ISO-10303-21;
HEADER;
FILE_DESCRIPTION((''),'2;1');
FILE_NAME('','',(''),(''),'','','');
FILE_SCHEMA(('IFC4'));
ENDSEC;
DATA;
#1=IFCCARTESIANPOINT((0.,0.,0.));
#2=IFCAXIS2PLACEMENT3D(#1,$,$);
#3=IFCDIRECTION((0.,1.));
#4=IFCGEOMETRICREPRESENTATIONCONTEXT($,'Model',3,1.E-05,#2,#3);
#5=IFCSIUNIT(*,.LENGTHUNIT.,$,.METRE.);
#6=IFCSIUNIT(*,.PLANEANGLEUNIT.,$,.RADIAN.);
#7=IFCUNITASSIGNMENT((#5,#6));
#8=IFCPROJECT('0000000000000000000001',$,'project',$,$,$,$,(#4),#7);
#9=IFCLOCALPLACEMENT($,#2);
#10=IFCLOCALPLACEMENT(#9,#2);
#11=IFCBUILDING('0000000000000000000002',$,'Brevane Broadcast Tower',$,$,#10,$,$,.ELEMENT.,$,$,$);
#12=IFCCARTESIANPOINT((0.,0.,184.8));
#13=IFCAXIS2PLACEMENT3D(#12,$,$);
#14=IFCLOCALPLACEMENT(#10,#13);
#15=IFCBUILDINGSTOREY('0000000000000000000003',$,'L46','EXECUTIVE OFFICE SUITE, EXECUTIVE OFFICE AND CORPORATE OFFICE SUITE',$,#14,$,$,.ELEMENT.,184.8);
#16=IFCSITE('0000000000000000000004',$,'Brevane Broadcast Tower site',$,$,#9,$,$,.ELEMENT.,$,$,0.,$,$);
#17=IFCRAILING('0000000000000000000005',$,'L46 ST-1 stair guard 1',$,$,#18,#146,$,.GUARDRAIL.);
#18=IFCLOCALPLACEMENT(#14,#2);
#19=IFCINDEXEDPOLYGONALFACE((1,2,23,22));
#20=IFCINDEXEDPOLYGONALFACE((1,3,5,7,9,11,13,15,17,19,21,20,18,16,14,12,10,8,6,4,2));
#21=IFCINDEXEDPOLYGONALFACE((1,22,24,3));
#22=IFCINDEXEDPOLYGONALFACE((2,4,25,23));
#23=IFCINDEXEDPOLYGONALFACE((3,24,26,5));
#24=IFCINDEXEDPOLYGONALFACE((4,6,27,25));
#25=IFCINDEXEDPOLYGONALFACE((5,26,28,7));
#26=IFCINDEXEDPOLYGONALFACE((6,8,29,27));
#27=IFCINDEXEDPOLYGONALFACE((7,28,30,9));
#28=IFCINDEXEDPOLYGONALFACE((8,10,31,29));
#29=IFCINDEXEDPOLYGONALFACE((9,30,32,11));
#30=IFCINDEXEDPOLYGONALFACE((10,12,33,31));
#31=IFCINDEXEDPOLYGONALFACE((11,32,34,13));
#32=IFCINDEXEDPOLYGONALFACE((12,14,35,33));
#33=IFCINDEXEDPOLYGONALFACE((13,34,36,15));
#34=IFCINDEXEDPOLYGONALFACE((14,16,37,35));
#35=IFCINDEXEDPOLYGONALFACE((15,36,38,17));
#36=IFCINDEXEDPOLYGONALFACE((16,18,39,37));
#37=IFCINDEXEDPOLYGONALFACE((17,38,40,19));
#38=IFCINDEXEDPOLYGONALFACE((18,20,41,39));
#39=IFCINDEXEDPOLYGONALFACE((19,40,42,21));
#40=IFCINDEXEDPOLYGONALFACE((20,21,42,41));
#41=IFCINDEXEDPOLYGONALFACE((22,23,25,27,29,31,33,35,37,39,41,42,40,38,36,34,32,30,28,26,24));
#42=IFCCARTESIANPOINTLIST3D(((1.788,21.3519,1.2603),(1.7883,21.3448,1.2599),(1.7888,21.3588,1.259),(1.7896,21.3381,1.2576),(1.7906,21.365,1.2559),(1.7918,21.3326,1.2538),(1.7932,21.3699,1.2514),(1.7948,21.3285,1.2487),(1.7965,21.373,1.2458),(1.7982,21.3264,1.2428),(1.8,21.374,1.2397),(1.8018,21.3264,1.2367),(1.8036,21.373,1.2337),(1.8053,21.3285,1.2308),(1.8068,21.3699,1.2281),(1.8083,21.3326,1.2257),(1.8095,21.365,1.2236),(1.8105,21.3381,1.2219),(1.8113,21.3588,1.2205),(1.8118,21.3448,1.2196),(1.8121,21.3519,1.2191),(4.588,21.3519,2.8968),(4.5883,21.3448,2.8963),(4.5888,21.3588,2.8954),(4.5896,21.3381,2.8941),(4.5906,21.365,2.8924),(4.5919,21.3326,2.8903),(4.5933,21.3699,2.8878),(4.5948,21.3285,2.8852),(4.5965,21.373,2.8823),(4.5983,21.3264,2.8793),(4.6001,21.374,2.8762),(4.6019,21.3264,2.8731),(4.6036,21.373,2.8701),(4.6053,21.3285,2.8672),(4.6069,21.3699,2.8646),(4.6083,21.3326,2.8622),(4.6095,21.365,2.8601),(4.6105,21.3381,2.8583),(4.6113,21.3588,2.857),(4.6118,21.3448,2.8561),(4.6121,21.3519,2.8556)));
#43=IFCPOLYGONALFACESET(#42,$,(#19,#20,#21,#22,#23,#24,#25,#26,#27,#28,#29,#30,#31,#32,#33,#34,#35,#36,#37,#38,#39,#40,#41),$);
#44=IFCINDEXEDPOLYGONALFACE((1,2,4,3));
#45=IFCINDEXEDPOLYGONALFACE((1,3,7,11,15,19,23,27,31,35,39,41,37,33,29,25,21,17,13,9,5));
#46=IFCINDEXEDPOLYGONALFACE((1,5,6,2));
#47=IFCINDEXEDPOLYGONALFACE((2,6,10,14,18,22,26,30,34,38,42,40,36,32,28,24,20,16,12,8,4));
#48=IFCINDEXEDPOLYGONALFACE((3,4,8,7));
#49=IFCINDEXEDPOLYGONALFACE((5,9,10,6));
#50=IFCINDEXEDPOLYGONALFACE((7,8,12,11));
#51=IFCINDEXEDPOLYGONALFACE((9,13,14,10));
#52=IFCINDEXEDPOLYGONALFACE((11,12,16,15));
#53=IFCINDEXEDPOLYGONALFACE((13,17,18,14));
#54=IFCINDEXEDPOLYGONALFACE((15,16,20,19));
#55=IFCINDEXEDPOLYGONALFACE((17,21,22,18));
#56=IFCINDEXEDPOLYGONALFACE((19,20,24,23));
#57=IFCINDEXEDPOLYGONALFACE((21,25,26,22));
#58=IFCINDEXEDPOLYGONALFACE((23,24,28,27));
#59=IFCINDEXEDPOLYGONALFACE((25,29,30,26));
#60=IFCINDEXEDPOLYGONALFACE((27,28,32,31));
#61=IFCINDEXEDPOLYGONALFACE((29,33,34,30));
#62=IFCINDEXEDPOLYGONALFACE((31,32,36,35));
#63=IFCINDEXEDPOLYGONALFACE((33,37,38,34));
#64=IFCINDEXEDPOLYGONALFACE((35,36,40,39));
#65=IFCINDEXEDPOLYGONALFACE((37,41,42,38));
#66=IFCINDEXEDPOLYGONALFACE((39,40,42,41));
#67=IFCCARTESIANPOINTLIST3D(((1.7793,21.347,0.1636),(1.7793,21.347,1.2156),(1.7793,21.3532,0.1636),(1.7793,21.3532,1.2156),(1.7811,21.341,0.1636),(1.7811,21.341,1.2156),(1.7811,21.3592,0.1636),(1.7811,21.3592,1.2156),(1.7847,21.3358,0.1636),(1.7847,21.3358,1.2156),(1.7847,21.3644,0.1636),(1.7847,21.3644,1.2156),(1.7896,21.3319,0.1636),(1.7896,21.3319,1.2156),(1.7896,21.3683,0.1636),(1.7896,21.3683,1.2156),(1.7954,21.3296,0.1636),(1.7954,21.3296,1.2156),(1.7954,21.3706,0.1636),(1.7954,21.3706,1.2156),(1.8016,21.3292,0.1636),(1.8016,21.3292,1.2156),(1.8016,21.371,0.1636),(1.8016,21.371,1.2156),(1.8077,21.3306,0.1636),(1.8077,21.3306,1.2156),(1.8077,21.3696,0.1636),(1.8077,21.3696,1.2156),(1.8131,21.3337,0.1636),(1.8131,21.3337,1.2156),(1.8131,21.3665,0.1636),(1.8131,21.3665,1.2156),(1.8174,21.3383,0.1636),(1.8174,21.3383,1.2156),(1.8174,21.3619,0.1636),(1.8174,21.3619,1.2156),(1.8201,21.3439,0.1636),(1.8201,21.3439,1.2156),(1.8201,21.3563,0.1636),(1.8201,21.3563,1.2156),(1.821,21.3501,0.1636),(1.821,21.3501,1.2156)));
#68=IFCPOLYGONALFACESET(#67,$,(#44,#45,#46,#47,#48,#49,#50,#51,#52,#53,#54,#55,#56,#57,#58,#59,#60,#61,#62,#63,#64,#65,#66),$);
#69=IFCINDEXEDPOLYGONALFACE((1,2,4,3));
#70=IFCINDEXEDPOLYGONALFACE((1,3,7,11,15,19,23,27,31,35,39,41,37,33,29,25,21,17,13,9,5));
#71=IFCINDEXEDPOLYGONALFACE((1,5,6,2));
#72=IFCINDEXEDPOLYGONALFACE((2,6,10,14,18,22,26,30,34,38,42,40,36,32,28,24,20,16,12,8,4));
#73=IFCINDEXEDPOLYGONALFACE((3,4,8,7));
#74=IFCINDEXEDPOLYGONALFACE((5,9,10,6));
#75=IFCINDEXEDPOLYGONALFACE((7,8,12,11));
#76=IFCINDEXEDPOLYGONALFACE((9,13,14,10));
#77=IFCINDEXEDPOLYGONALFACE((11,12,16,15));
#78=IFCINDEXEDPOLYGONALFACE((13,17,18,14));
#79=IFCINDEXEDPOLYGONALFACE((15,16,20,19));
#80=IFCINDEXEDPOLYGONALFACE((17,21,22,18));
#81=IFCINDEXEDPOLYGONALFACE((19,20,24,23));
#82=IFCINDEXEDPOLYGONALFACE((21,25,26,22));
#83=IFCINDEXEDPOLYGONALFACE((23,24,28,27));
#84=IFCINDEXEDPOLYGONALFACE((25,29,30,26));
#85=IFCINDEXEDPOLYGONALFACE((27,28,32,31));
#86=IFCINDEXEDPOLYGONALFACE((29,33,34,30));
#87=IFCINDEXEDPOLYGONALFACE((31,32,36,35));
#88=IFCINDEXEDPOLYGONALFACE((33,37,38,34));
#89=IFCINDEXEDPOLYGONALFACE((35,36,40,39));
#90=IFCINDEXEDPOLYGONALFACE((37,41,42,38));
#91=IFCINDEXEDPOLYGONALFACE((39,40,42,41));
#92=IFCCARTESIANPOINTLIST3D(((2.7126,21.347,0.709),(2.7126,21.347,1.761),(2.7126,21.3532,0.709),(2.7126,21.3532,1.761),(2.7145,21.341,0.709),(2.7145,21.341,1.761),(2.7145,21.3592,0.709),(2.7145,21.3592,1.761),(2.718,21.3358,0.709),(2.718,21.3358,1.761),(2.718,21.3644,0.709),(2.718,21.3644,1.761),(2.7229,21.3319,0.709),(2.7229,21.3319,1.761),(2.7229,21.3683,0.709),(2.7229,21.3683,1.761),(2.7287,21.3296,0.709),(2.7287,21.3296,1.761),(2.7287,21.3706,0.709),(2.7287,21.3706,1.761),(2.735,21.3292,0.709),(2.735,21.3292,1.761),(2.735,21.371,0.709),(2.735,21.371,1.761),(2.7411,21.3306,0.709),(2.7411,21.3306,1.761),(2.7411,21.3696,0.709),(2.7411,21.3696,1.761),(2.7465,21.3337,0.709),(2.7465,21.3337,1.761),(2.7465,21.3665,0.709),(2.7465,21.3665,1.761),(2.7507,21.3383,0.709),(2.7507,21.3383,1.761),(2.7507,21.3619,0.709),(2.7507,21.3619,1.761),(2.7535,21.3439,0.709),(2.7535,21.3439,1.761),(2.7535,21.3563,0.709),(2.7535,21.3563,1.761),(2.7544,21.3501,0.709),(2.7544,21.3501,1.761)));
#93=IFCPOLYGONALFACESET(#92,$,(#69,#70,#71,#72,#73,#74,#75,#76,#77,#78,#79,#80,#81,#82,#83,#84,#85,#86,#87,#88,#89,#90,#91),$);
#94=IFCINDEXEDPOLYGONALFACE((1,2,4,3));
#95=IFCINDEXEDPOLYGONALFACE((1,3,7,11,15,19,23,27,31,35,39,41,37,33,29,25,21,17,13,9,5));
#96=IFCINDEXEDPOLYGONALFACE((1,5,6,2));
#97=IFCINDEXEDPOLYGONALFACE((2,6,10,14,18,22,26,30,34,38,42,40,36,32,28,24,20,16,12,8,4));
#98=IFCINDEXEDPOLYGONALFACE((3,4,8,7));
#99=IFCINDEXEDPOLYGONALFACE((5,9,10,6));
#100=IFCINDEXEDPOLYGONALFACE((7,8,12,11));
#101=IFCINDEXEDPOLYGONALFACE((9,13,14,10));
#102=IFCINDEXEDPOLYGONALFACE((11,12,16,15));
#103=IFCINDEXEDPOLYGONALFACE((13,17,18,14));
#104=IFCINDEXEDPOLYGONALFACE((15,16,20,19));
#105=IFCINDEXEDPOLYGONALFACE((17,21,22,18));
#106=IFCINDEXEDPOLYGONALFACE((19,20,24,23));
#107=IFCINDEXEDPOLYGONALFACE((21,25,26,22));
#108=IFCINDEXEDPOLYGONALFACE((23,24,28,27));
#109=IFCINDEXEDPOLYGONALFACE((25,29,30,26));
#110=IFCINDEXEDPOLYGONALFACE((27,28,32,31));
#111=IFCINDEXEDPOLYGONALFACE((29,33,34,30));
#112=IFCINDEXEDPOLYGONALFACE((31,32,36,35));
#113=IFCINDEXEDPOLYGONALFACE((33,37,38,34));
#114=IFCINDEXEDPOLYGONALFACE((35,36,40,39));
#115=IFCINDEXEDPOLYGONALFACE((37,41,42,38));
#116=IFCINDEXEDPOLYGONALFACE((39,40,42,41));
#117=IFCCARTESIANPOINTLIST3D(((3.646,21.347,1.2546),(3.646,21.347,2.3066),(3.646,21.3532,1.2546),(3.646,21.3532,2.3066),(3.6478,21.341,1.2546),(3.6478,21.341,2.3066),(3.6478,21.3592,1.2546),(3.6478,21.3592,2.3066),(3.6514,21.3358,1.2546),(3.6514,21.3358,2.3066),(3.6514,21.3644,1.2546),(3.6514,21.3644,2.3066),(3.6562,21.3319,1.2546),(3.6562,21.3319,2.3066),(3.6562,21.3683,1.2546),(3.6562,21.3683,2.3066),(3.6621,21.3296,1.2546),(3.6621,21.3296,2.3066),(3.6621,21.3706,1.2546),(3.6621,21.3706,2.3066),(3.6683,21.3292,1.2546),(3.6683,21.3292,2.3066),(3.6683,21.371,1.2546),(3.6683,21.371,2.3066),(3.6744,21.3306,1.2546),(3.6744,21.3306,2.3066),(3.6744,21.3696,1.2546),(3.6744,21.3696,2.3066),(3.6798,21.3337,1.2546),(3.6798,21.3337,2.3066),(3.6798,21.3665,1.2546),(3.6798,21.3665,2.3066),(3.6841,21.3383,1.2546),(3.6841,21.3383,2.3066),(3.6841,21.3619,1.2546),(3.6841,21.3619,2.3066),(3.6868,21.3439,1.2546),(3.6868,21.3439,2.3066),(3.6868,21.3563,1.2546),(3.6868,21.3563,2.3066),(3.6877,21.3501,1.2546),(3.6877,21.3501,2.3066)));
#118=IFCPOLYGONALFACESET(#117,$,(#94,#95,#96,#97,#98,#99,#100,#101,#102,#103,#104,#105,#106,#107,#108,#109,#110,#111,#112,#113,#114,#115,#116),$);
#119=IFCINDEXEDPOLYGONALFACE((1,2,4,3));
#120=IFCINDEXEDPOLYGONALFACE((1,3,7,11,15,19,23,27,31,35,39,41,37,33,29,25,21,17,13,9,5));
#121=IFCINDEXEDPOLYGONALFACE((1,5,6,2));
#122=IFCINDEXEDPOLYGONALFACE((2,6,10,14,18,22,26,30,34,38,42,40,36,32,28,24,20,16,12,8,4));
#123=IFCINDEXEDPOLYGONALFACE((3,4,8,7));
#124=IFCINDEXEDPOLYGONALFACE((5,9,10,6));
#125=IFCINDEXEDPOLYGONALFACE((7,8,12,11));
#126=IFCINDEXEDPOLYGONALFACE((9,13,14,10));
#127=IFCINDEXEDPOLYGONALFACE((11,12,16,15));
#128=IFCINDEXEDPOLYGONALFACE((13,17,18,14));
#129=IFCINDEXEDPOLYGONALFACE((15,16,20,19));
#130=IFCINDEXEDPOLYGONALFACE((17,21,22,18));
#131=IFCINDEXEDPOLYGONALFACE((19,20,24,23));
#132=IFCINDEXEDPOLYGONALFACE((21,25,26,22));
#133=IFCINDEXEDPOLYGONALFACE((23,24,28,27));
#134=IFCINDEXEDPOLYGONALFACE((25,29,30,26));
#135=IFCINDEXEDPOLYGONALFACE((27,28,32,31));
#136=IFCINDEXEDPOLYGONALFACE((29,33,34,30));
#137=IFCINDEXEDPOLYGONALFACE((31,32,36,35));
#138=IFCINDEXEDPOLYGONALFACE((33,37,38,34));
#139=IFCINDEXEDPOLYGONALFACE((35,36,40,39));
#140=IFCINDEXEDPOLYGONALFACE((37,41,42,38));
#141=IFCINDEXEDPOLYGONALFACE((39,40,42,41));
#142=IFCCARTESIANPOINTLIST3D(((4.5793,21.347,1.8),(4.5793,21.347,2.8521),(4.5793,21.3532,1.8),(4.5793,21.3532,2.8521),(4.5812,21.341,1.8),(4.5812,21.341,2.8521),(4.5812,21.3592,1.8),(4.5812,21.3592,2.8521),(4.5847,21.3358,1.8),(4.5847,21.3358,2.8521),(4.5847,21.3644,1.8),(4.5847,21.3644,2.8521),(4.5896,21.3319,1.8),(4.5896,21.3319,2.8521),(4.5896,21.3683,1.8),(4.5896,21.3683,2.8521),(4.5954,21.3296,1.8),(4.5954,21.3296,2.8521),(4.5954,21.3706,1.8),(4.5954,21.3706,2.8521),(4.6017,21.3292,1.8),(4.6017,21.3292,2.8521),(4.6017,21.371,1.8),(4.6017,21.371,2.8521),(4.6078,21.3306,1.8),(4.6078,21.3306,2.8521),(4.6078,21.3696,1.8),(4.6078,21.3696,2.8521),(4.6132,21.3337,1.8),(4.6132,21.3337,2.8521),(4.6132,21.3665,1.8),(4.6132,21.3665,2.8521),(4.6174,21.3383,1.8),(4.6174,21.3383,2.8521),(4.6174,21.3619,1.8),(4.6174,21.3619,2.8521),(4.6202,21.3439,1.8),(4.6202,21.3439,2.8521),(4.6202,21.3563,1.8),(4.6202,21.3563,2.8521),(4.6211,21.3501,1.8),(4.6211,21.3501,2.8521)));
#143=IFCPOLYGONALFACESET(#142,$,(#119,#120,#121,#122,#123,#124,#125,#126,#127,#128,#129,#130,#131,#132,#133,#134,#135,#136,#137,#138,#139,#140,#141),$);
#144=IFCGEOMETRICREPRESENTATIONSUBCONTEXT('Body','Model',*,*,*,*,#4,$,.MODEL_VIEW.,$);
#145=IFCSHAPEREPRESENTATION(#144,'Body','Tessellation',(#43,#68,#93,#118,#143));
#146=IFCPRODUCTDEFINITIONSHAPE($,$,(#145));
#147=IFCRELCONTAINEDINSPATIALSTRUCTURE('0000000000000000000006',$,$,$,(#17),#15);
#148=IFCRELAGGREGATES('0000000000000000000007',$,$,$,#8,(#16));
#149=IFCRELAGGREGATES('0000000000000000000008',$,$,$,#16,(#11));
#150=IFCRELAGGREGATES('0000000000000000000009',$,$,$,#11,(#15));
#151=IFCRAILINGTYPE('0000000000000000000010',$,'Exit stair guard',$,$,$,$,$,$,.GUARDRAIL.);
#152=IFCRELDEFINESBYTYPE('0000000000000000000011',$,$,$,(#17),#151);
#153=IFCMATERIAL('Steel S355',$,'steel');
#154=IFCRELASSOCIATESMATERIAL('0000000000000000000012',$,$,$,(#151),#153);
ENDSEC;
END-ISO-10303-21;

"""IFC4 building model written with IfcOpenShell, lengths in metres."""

from ifc_helpers import new_model, si_unit, direction, frame, origin, origin_2d, place, context, subcontext, project, spatial, circle, extrude, material, type_object, element, save


model = new_model("IFC4")

# Units and contexts
model_context = context("Model", 3, precision=1e-05, world=origin(), true_north=direction((0.0, 1.0)))
body_context = subcontext(model_context, "Body", "Model", "MODEL_VIEW")
ifc_project = project(units=[si_unit("LENGTHUNIT", "METRE"), si_unit("PLANEANGLEUNIT", "RADIAN")], contexts=[model_context])

# Site, building, storey
site_placement = place(None, origin())
site = spatial("IfcSite", under=ifc_project, at=site_placement, Name="Brevane Broadcast Tower site", CompositionType="ELEMENT", RefElevation=0.0)
building_placement = place(site_placement, origin())
building = spatial("IfcBuilding", under=site, at=building_placement, Name="Brevane Broadcast Tower", CompositionType="ELEMENT")
storey_placement = place(building_placement, frame((0.0, 0.0, 184.8)))
storey = spatial("IfcBuildingStorey", under=building, at=storey_placement, Name="L46", Description="EXECUTIVE OFFICE SUITE, EXECUTIVE OFFICE AND CORPORATE OFFICE SUITE", CompositionType="ELEMENT", Elevation=184.8)

# Railing
ifc_material_1 = material(Name="Steel S355", Category="steel")
railing_type_1 = type_object("IfcRailingType", Name="Exit stair guard", PredefinedType="GUARDRAIL", material=ifc_material_1)
railing_1_placement = place(storey_placement, frame((1.8, 21.3501, 0.1636)))
element("IfcRailing", 1, at=railing_1_placement, inside=storey, type_object=railing_type_1, Name="L46 ST-1 stair guard 1", PredefinedType="GUARDRAIL", context=body_context, shape_type="SweptSolid", body=[
    extrude(circle(Radius=0.0239, at=origin_2d()), frame((0.0, 0.0, 1.0762), z_axis=(0.863361, 0.0, 0.504587), x_axis=(0.0, 1.0, 0.0)), (0.0, 0.0, 1.0), 3.2432),
    extrude(circle(Radius=0.021, at=origin_2d()), origin(), (0.0, 0.0, 1.0), 1.052),
    extrude(circle(Radius=0.021, at=origin_2d()), frame((0.9333, 0.0, 0.5454)), (0.0, 0.0, 1.0), 1.052),
    extrude(circle(Radius=0.021, at=origin_2d()), frame((1.8667, 0.0, 1.0911)), (0.0, 0.0, 1.0), 1.052),
    extrude(circle(Radius=0.021, at=origin_2d()), frame((2.8, 0.0, 1.6365)), (0.0, 0.0, 1.0), 1.052),
])

save(model, "model.ifc")
